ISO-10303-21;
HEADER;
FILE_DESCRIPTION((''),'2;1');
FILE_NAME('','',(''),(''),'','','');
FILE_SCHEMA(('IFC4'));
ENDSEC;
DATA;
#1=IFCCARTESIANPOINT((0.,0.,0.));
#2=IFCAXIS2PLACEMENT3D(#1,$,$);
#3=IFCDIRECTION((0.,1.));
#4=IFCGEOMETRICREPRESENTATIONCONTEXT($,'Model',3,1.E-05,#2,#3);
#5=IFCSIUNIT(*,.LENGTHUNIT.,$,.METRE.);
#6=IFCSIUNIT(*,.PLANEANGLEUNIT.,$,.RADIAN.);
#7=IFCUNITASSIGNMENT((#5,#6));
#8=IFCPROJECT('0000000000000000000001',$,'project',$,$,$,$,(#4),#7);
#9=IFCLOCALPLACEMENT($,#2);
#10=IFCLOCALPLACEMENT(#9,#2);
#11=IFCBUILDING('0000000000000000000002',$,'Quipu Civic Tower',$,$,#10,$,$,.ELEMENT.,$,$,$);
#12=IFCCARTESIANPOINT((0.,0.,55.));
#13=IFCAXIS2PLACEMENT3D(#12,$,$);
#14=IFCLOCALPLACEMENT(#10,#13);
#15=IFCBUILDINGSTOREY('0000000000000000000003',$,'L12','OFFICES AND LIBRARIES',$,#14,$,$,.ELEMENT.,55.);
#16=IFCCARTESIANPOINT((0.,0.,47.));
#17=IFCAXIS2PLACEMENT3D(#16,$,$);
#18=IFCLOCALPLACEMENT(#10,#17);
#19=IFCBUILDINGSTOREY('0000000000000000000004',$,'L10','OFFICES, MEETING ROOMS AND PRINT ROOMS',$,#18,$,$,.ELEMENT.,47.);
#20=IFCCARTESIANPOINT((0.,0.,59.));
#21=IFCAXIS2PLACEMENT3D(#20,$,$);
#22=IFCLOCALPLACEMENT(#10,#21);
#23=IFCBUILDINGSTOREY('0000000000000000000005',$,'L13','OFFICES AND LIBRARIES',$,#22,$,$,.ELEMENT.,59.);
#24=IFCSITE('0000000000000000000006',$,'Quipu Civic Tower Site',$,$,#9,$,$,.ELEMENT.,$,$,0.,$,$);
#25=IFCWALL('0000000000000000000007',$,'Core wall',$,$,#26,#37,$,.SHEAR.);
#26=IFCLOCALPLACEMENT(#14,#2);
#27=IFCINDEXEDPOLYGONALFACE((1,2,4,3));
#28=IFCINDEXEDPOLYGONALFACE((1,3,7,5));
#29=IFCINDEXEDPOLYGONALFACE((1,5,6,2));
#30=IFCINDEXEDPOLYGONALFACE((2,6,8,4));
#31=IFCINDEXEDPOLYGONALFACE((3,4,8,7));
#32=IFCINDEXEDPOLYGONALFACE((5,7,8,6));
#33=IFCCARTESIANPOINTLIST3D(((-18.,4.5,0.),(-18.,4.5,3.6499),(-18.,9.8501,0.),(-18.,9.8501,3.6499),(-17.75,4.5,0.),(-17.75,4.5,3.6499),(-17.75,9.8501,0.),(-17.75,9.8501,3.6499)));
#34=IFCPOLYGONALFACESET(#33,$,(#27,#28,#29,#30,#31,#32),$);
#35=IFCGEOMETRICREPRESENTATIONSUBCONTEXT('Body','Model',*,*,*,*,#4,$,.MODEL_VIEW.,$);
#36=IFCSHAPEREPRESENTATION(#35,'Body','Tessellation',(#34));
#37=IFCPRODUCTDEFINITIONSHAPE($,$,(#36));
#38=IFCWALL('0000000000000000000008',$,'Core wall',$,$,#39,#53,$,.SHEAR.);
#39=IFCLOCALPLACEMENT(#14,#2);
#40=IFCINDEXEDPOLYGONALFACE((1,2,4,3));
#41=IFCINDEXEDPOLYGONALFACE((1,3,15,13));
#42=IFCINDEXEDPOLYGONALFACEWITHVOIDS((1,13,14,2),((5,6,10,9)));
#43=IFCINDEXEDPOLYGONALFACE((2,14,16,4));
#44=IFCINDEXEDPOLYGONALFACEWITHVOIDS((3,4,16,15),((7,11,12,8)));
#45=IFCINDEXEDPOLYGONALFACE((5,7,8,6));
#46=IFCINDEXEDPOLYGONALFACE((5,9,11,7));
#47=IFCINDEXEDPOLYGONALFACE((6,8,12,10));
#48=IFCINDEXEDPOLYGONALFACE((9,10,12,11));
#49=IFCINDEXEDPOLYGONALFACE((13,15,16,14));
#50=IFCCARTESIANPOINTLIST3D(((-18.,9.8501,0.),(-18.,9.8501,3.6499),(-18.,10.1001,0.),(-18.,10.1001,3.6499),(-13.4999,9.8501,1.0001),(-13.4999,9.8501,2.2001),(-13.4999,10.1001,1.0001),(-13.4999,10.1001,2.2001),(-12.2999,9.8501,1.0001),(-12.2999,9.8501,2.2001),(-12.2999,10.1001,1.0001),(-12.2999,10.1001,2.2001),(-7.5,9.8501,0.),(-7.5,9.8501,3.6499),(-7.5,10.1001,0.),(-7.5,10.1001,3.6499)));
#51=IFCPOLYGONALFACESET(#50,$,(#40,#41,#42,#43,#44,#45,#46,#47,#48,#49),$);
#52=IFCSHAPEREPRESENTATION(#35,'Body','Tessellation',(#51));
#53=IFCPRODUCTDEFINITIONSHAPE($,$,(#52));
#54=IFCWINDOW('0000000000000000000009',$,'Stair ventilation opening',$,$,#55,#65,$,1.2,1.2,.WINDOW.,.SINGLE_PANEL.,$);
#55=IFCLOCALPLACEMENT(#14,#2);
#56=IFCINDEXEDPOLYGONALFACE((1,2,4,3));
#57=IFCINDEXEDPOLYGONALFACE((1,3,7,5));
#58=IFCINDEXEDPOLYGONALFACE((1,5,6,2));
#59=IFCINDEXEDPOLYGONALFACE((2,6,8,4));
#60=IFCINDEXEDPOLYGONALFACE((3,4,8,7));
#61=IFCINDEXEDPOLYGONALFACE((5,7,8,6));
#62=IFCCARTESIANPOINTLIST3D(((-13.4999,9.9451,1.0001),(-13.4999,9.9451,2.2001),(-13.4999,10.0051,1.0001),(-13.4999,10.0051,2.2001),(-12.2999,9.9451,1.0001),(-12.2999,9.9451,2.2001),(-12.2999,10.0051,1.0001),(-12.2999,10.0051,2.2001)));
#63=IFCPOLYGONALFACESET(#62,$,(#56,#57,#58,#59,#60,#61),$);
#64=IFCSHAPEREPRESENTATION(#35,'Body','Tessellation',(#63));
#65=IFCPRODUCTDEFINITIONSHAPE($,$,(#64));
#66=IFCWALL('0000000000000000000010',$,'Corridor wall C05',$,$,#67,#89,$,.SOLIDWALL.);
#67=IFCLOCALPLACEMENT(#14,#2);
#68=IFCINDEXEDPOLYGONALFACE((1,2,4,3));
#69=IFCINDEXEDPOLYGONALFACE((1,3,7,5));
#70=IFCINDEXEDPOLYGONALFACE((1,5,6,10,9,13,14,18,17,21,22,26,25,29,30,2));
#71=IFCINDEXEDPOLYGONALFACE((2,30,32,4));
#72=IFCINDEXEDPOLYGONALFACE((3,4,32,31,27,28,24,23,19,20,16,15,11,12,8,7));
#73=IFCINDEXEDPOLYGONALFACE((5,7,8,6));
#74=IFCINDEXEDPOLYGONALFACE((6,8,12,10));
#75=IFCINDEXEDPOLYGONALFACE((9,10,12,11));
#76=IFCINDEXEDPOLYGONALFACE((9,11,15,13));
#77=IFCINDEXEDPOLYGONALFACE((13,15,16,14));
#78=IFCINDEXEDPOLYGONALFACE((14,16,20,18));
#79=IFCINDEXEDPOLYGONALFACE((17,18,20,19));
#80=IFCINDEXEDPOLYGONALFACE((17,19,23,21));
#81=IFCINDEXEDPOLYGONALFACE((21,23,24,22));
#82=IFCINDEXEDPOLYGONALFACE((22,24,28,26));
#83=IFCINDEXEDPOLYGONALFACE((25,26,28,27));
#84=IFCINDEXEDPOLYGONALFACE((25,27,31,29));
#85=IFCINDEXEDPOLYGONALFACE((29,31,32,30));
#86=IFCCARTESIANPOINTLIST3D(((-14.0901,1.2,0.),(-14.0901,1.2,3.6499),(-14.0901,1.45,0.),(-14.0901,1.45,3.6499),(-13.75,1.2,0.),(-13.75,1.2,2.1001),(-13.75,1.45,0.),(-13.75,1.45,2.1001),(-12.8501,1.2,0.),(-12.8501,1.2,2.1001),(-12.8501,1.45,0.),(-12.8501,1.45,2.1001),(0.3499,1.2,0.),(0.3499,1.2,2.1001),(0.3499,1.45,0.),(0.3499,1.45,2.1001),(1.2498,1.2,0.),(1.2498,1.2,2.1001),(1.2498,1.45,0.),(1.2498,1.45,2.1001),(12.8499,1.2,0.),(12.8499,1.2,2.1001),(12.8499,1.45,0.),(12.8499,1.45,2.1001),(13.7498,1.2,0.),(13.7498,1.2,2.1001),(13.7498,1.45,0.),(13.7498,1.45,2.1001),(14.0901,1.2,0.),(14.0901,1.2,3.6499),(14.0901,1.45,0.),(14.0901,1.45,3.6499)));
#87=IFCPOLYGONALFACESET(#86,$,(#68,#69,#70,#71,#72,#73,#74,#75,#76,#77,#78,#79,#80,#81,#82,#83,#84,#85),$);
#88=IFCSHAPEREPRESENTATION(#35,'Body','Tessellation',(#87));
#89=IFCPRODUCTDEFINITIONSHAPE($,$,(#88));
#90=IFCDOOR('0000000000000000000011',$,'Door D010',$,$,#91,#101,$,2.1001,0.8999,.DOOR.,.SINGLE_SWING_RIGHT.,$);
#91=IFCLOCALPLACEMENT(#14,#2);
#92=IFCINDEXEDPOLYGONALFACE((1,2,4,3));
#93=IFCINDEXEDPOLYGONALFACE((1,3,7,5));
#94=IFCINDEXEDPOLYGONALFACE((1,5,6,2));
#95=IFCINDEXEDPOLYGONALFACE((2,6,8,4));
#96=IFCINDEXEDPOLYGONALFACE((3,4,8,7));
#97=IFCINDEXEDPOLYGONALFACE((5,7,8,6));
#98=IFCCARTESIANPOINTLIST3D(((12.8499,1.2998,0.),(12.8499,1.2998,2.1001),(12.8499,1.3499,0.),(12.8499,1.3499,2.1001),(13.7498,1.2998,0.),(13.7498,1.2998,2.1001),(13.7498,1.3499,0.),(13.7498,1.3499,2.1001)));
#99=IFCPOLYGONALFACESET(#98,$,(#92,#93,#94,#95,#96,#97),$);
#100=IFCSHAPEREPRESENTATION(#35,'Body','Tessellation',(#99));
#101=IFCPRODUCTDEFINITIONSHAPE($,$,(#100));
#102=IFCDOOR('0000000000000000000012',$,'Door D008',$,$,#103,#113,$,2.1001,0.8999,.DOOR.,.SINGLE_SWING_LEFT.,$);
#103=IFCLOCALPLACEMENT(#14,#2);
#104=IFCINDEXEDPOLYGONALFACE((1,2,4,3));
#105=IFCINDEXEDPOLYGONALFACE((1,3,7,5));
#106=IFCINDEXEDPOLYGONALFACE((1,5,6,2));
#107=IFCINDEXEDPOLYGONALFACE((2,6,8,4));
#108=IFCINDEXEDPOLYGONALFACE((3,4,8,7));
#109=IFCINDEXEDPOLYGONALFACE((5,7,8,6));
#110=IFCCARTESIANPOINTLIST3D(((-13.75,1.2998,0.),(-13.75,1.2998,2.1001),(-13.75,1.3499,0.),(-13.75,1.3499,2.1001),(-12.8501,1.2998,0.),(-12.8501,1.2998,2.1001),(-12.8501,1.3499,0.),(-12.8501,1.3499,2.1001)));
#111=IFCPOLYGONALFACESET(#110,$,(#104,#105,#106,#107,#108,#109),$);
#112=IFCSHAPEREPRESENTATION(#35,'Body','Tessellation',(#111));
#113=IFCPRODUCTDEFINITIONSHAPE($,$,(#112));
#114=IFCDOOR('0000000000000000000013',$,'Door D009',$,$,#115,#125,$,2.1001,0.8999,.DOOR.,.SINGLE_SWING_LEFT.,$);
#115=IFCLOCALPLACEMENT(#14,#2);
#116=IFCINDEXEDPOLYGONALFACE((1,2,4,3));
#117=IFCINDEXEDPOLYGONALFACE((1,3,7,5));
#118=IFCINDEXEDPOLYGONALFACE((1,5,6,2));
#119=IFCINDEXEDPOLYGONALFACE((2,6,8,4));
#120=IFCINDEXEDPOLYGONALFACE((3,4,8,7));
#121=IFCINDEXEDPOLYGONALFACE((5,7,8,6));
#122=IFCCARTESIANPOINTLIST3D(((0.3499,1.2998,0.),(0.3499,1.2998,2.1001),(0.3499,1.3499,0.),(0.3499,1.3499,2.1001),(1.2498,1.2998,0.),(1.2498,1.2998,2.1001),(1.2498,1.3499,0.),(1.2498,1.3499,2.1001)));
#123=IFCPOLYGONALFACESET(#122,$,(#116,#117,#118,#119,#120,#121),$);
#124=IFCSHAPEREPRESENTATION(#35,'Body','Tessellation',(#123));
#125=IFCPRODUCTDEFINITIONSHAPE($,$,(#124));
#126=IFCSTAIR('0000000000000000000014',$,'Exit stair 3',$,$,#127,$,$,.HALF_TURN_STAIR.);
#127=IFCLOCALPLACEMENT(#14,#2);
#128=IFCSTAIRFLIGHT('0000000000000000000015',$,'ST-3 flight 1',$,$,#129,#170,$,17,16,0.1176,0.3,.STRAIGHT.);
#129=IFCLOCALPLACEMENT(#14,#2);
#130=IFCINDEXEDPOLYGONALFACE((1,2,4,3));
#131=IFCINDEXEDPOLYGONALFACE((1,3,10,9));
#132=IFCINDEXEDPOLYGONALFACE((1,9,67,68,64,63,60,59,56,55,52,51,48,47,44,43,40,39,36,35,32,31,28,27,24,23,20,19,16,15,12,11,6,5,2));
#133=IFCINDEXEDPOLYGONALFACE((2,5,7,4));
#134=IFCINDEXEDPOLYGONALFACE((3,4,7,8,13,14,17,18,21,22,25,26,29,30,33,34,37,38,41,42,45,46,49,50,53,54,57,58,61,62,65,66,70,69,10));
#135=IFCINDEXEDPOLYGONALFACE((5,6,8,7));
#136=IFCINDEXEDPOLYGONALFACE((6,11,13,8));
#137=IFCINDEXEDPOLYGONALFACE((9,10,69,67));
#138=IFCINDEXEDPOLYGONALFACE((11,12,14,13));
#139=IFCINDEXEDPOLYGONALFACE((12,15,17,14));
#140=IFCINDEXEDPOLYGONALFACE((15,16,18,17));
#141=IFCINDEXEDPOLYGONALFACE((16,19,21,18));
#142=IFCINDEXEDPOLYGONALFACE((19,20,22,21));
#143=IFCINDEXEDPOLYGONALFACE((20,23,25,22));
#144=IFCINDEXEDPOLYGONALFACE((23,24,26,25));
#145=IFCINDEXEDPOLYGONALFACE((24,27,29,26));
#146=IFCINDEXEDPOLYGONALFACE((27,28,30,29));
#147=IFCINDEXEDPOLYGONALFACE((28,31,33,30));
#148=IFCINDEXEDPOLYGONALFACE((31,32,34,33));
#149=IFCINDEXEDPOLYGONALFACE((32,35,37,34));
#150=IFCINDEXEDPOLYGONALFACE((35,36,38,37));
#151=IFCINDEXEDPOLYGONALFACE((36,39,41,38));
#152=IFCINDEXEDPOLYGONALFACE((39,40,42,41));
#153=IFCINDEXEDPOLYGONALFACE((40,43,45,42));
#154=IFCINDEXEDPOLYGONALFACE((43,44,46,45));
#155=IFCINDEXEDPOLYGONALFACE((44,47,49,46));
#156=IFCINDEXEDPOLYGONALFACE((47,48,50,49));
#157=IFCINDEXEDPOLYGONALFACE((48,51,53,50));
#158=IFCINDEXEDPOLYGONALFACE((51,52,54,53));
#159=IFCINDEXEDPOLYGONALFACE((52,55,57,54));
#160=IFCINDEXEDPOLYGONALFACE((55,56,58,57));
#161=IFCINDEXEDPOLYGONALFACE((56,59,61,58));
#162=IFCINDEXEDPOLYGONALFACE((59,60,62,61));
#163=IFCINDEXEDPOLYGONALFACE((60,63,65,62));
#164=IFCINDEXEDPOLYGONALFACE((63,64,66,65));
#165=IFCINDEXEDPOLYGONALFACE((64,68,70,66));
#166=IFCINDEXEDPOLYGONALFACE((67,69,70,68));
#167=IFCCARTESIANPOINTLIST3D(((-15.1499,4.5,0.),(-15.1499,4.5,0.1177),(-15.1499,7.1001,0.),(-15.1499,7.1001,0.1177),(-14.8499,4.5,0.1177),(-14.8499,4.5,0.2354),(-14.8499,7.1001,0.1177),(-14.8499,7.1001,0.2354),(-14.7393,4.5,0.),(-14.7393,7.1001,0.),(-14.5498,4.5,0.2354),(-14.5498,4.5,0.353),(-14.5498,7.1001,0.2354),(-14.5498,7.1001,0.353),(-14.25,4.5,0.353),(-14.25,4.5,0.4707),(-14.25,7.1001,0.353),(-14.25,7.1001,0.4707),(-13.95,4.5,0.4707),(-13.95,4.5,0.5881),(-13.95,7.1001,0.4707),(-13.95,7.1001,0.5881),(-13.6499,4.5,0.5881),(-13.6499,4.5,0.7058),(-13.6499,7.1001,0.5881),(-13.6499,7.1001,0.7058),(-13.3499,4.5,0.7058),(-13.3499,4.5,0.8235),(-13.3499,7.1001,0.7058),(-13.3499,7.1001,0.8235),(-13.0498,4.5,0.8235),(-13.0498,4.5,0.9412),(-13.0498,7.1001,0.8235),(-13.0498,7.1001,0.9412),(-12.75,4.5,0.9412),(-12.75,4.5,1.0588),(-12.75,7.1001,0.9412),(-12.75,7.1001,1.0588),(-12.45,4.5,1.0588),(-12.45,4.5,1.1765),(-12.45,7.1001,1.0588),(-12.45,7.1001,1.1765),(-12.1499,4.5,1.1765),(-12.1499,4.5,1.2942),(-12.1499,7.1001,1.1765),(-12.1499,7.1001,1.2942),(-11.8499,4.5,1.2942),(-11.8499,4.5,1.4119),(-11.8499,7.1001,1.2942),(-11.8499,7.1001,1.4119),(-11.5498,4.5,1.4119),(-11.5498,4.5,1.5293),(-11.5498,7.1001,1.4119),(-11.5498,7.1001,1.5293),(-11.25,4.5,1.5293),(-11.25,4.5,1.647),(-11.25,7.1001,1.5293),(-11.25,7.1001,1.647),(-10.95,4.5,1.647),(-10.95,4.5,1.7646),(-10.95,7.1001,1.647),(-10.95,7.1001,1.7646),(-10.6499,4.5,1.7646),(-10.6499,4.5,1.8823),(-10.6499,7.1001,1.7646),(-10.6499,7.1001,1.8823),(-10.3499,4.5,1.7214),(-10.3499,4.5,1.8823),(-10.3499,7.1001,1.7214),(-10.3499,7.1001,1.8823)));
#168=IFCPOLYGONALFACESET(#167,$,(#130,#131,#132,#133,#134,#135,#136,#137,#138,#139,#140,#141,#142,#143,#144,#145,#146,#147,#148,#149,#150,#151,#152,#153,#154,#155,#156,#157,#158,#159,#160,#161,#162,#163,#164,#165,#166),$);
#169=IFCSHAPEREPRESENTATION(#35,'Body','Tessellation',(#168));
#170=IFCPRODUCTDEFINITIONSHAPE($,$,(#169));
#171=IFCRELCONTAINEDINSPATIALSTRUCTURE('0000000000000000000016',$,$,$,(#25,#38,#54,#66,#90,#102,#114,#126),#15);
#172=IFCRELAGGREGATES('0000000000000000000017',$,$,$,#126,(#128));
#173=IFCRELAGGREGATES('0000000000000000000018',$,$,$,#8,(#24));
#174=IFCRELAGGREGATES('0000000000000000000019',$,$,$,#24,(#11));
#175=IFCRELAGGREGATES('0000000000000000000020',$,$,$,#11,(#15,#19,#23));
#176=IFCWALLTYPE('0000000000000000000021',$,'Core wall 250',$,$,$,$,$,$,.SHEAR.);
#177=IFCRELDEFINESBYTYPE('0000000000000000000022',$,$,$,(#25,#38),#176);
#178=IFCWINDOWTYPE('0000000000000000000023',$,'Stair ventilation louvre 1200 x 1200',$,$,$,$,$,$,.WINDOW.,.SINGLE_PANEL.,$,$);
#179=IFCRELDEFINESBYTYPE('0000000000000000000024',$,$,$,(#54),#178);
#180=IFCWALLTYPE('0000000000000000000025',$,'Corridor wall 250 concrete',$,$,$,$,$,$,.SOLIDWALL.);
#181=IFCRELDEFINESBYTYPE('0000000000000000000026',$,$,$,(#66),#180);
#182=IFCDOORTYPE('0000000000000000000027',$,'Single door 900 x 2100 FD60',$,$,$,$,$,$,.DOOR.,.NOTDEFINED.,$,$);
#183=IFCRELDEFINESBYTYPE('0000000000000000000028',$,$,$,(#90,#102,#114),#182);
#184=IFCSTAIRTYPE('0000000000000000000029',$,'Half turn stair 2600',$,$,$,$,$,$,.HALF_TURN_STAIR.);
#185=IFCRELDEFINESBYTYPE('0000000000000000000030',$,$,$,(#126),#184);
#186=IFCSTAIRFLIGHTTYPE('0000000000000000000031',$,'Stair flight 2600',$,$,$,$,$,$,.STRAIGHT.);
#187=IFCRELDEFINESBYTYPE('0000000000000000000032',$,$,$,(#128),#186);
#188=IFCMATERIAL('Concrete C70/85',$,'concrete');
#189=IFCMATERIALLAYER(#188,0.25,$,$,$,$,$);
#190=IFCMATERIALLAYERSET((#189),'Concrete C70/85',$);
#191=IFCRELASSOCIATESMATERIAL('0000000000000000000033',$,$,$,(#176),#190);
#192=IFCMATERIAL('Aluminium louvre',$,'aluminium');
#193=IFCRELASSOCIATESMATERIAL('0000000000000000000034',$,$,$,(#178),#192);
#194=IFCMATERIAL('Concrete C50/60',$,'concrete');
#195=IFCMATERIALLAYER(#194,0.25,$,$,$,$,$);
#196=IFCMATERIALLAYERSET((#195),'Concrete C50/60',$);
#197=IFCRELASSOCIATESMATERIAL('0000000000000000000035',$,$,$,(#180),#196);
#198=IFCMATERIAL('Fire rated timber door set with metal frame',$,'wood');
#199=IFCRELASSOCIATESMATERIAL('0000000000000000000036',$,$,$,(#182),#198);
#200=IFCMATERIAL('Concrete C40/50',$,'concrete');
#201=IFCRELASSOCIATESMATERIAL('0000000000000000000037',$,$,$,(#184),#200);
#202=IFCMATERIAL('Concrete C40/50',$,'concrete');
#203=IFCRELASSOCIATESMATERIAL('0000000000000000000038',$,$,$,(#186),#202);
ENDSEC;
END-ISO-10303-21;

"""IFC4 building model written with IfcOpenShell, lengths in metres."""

from ifc_helpers import new_model, si_unit, direction, frame, frame_2d, origin, place, context, subcontext, project, spatial, polyline, rectangle, outline, extrude, material, layer, layer_set, type_object, element, fill, aggregate, save


model = new_model("IFC4")

# Units and contexts
model_context = context("Model", 3, precision=1e-05, world=origin(), true_north=direction((0.0, 1.0)))
body_context = subcontext(model_context, "Body", "Model", "MODEL_VIEW")
ifc_project = project(units=[si_unit("LENGTHUNIT", "METRE"), si_unit("PLANEANGLEUNIT", "RADIAN")], contexts=[model_context])

# Site, building, storey
site_placement = place(None, origin())
site = spatial("IfcSite", under=ifc_project, at=site_placement, Name="Quipu Civic Tower Site", CompositionType="ELEMENT", RefElevation=0.0)
building_placement = place(site_placement, origin())
building = spatial("IfcBuilding", under=site, at=building_placement, Name="Quipu Civic Tower", CompositionType="ELEMENT")
storey_1_placement = place(building_placement, frame((0.0, 0.0, 55.0)))
storey_1 = spatial("IfcBuildingStorey", under=building, at=storey_1_placement, Name="L12", Description="OFFICES AND LIBRARIES", CompositionType="ELEMENT", Elevation=55.0)

# Shared definitions
storey_2_placement = place(building_placement, frame((0.0, 0.0, 47.0)))
storey_2 = spatial("IfcBuildingStorey", under=building, at=storey_2_placement, Name="L10", Description="OFFICES, MEETING ROOMS AND PRINT ROOMS", CompositionType="ELEMENT", Elevation=47.0)

# Shared definitions
storey_3_placement = place(building_placement, frame((0.0, 0.0, 59.0)))
storey_3 = spatial("IfcBuildingStorey", under=building, at=storey_3_placement, Name="L13", Description="OFFICES AND LIBRARIES", CompositionType="ELEMENT", Elevation=59.0)

# Shared definitions
ifc_material_1 = material(Name="Concrete C70/85", Category="concrete")
ifc_layer_1 = layer(ifc_material_1, 0.25)
ifc_layer_set_1 = layer_set([ifc_layer_1], Name="Concrete C70/85")
wall_type_1 = type_object("IfcWallType", Name="Core wall 250", PredefinedType="SHEAR", material=ifc_layer_set_1)

# Wall
wall_1_placement = place(storey_1_placement, frame((-17.875, 4.5, 0.0), z_axis=(0.0, 0.0, 1.0), x_axis=(0.0, 1.0, 0.0)))
element("IfcWall", 1, at=wall_1_placement, inside=storey_1, type_object=wall_type_1, Name="Core wall", PredefinedType="SHEAR", context=body_context, shape_type="SweptSolid", body=[
    extrude(rectangle(XDim=5.3501, YDim=0.25, at=frame_2d((2.675, 0.0))), origin(), (0.0, 0.0, 1.0), 3.6499),
])

# Wall, opening, window
wall_2_placement = place(storey_1_placement, frame((-18.0, 9.9751, 0.0), z_axis=(0.0, 0.0, 1.0), x_axis=(1.0, 0.0, 0.0)))
wall_2 = element("IfcWall", 2, at=wall_2_placement, inside=storey_1, type_object=wall_type_1, Name="Core wall", PredefinedType="SHEAR", context=body_context, shape_type="SweptSolid", body=[
    extrude(rectangle(XDim=10.5, YDim=0.25, at=frame_2d((5.25, 0.0))), origin(), (0.0, 0.0, 1.0), 3.6499),
])
opening_1_placement = place(wall_2_placement, frame((4.5, 0.0, 1.0)))
opening_1 = element("IfcOpeningElement", 3, at=opening_1_placement, cuts=wall_2, PredefinedType="OPENING", context=body_context, shape_type="SweptSolid", body=[
    extrude(rectangle(XDim=1.2, YDim=1.2, at=frame_2d((0.6001, 0.6001))), frame((0.0, 0.135, 0.0), z_axis=(0.0, -1.0, 0.0), x_axis=(1.0, 0.0, 0.0)), (0.0, 0.0, 1.0), 0.27),
])
ifc_material_2 = material(Name="Aluminium louvre", Category="aluminium")
window_type = type_object("IfcWindowType", Name="Stair ventilation louvre 1200 x 1200", PartitioningType="SINGLE_PANEL", PredefinedType="WINDOW", material=ifc_material_2)
window_placement = place(opening_1_placement, origin())
window = element("IfcWindow", 4, at=window_placement, inside=storey_1, type_object=window_type, Name="Stair ventilation opening", OverallHeight=1.2, OverallWidth=1.2, PartitioningType="SINGLE_PANEL", PredefinedType="WINDOW", context=body_context, shape_type="SweptSolid", body=[
    extrude(rectangle(XDim=1.2, YDim=1.2, at=frame_2d((0.6001, 0.6001))), frame((0.0, 0.03, 0.0), z_axis=(0.0, -1.0, 0.0), x_axis=(1.0, 0.0, 0.0)), (0.0, 0.0, 1.0), 0.0601),
])
fill(opening_1, window)

# Wall, openings, doors
ifc_material_3 = material(Name="Concrete C50/60", Category="concrete")
ifc_layer_2 = layer(ifc_material_3, 0.25)
ifc_layer_set_2 = layer_set([ifc_layer_2], Name="Concrete C50/60")
wall_type_2 = type_object("IfcWallType", Name="Corridor wall 250 concrete", PredefinedType="SOLIDWALL", material=ifc_layer_set_2)
wall_3_placement = place(storey_1_placement, frame((-14.0901, 1.325, 0.0), z_axis=(0.0, 0.0, 1.0), x_axis=(1.0, 0.0, 0.0)))
wall_3 = element("IfcWall", 5, at=wall_3_placement, inside=storey_1, type_object=wall_type_2, Name="Corridor wall C05", PredefinedType="SOLIDWALL", context=body_context, shape_type="SweptSolid", body=[
    extrude(rectangle(XDim=28.1802, YDim=0.25, at=frame_2d((14.0901, 0.0))), origin(), (0.0, 0.0, 1.0), 3.6499),
])
opening_2_placement = place(wall_3_placement, frame((26.9399, 0.0, 0.0)))
opening_2 = element("IfcOpeningElement", 6, at=opening_2_placement, cuts=wall_3, PredefinedType="OPENING", context=body_context, shape_type="SweptSolid", body=[
    extrude(rectangle(XDim=0.8999, YDim=2.1001, at=frame_2d((0.45, 1.05))), frame((0.0, 0.135, 0.0), z_axis=(0.0, -1.0, 0.0), x_axis=(1.0, 0.0, 0.0)), (0.0, 0.0, 1.0), 0.27),
])
opening_3_placement = place(wall_3_placement, frame((0.3401, 0.0, 0.0)))
opening_3 = element("IfcOpeningElement", 7, at=opening_3_placement, cuts=wall_3, PredefinedType="OPENING", context=body_context, shape_type="SweptSolid", body=[
    extrude(rectangle(XDim=0.8999, YDim=2.1001, at=frame_2d((0.45, 1.05))), frame((0.0, 0.135, 0.0), z_axis=(0.0, -1.0, 0.0), x_axis=(1.0, 0.0, 0.0)), (0.0, 0.0, 1.0), 0.27),
])
opening_4_placement = place(wall_3_placement, frame((14.4399, 0.0, 0.0)))
opening_4 = element("IfcOpeningElement", 8, at=opening_4_placement, cuts=wall_3, PredefinedType="OPENING", context=body_context, shape_type="SweptSolid", body=[
    extrude(rectangle(XDim=0.8999, YDim=2.1001, at=frame_2d((0.45, 1.05))), frame((0.0, 0.135, 0.0), z_axis=(0.0, -1.0, 0.0), x_axis=(1.0, 0.0, 0.0)), (0.0, 0.0, 1.0), 0.27),
])
ifc_material_4 = material(Name="Fire rated timber door set with metal frame", Category="wood")
door_type_1 = type_object("IfcDoorType", Name="Single door 900 x 2100 FD60", OperationType="NOTDEFINED", PredefinedType="DOOR", material=ifc_material_4)
door_1_placement = place(opening_2_placement, origin())
door_1 = element("IfcDoor", 9, at=door_1_placement, inside=storey_1, type_object=door_type_1, Name="Door D010", OperationType="SINGLE_SWING_RIGHT", OverallHeight=2.1001, OverallWidth=0.8999, PredefinedType="DOOR", context=body_context, shape_type="SweptSolid", body=[
    extrude(rectangle(XDim=0.8999, YDim=2.1001, at=frame_2d((0.45, 1.05))), frame((0.0, 0.0249, 0.0), z_axis=(0.0, -1.0, 0.0), x_axis=(1.0, 0.0, 0.0)), (0.0, 0.0, 1.0), 0.05),
])
fill(opening_2, door_1)
door_2_placement = place(opening_3_placement, origin())
door_2 = element("IfcDoor", 10, at=door_2_placement, inside=storey_1, type_object=door_type_1, Name="Door D008", OperationType="SINGLE_SWING_LEFT", OverallHeight=2.1001, OverallWidth=0.8999, PredefinedType="DOOR", context=body_context, shape_type="SweptSolid", body=[
    extrude(rectangle(XDim=0.8999, YDim=2.1001, at=frame_2d((0.45, 1.05))), frame((0.0, 0.0249, 0.0), z_axis=(0.0, -1.0, 0.0), x_axis=(1.0, 0.0, 0.0)), (0.0, 0.0, 1.0), 0.05),
])
fill(opening_3, door_2)
door_3_placement = place(opening_4_placement, origin())
door_3 = element("IfcDoor", 11, at=door_3_placement, inside=storey_1, type_object=door_type_1, Name="Door D009", OperationType="SINGLE_SWING_LEFT", OverallHeight=2.1001, OverallWidth=0.8999, PredefinedType="DOOR", context=body_context, shape_type="SweptSolid", body=[
    extrude(rectangle(XDim=0.8999, YDim=2.1001, at=frame_2d((0.45, 1.05))), frame((0.0, 0.0249, 0.0), z_axis=(0.0, -1.0, 0.0), x_axis=(1.0, 0.0, 0.0)), (0.0, 0.0, 1.0), 0.05),
])
fill(opening_4, door_3)

# Stair, stair flight
ifc_material_5 = material(Name="Concrete C40/50", Category="concrete")
stair_type = type_object("IfcStairType", Name="Half turn stair 2600", PredefinedType="HALF_TURN_STAIR", material=ifc_material_5)
stair_placement = place(storey_1_placement, origin())
stair = element("IfcStair", 12, at=stair_placement, inside=storey_1, type_object=stair_type, Name="Exit stair 3", PredefinedType="HALF_TURN_STAIR")
ifc_material_6 = material(Name="Concrete C40/50", Category="concrete")
stair_flight_type = type_object("IfcStairFlightType", Name="Stair flight 2600", PredefinedType="STRAIGHT", material=ifc_material_6)
stair_flight_placement = place(storey_1_placement, frame((-15.1499, 5.8, 0.0), z_axis=(0.0, 0.0, 1.0), x_axis=(1.0, 0.0, 0.0)))
stair_flight = element("IfcStairFlight", 13, at=stair_flight_placement, type_object=stair_flight_type, Name="ST-3 flight 1", NumberOfRisers=17, NumberOfTreads=16, PredefinedType="STRAIGHT", RiserHeight=0.1176, TreadLength=0.3, context=body_context, shape_type="SweptSolid", body=[
    extrude(outline(polyline([(0.0, 0.0), (0.0, 0.1177), (0.3, 0.1177), (0.3, 0.2354), (0.6001, 0.2354), (0.6001, 0.353), (0.8999, 0.353), (0.8999, 0.4707), (1.2, 0.4707), (1.2, 0.5881), (1.5, 0.5881), (1.5, 0.7058), (1.8, 0.7058), (1.8, 0.8235), (2.1001, 0.8235), (2.1001, 0.9412), (2.3999, 0.9412), (2.3999, 1.0588), (2.7, 1.0588), (2.7, 1.1765), (3.0, 1.1765), (3.0, 1.2942), (3.3, 1.2942), (3.3, 1.4119), (3.6001, 1.4119), (3.6001, 1.5293), (3.8999, 1.5293), (3.8999, 1.647), (4.2, 1.647), (4.2, 1.7646), (4.5, 1.7646), (4.5, 1.8823), (4.8, 1.8823), (4.8, 2.0), (4.8, 1.7214), (0.4106, 0.0), (0.0, 0.0)])), frame((0.0, 1.3, 0.0), z_axis=(0.0, -1.0, 0.0), x_axis=(1.0, 0.0, 0.0)), (0.0, 0.0, 1.0), 2.6001),
])
aggregate(stair, [stair_flight])

save(model, "model.ifc")
